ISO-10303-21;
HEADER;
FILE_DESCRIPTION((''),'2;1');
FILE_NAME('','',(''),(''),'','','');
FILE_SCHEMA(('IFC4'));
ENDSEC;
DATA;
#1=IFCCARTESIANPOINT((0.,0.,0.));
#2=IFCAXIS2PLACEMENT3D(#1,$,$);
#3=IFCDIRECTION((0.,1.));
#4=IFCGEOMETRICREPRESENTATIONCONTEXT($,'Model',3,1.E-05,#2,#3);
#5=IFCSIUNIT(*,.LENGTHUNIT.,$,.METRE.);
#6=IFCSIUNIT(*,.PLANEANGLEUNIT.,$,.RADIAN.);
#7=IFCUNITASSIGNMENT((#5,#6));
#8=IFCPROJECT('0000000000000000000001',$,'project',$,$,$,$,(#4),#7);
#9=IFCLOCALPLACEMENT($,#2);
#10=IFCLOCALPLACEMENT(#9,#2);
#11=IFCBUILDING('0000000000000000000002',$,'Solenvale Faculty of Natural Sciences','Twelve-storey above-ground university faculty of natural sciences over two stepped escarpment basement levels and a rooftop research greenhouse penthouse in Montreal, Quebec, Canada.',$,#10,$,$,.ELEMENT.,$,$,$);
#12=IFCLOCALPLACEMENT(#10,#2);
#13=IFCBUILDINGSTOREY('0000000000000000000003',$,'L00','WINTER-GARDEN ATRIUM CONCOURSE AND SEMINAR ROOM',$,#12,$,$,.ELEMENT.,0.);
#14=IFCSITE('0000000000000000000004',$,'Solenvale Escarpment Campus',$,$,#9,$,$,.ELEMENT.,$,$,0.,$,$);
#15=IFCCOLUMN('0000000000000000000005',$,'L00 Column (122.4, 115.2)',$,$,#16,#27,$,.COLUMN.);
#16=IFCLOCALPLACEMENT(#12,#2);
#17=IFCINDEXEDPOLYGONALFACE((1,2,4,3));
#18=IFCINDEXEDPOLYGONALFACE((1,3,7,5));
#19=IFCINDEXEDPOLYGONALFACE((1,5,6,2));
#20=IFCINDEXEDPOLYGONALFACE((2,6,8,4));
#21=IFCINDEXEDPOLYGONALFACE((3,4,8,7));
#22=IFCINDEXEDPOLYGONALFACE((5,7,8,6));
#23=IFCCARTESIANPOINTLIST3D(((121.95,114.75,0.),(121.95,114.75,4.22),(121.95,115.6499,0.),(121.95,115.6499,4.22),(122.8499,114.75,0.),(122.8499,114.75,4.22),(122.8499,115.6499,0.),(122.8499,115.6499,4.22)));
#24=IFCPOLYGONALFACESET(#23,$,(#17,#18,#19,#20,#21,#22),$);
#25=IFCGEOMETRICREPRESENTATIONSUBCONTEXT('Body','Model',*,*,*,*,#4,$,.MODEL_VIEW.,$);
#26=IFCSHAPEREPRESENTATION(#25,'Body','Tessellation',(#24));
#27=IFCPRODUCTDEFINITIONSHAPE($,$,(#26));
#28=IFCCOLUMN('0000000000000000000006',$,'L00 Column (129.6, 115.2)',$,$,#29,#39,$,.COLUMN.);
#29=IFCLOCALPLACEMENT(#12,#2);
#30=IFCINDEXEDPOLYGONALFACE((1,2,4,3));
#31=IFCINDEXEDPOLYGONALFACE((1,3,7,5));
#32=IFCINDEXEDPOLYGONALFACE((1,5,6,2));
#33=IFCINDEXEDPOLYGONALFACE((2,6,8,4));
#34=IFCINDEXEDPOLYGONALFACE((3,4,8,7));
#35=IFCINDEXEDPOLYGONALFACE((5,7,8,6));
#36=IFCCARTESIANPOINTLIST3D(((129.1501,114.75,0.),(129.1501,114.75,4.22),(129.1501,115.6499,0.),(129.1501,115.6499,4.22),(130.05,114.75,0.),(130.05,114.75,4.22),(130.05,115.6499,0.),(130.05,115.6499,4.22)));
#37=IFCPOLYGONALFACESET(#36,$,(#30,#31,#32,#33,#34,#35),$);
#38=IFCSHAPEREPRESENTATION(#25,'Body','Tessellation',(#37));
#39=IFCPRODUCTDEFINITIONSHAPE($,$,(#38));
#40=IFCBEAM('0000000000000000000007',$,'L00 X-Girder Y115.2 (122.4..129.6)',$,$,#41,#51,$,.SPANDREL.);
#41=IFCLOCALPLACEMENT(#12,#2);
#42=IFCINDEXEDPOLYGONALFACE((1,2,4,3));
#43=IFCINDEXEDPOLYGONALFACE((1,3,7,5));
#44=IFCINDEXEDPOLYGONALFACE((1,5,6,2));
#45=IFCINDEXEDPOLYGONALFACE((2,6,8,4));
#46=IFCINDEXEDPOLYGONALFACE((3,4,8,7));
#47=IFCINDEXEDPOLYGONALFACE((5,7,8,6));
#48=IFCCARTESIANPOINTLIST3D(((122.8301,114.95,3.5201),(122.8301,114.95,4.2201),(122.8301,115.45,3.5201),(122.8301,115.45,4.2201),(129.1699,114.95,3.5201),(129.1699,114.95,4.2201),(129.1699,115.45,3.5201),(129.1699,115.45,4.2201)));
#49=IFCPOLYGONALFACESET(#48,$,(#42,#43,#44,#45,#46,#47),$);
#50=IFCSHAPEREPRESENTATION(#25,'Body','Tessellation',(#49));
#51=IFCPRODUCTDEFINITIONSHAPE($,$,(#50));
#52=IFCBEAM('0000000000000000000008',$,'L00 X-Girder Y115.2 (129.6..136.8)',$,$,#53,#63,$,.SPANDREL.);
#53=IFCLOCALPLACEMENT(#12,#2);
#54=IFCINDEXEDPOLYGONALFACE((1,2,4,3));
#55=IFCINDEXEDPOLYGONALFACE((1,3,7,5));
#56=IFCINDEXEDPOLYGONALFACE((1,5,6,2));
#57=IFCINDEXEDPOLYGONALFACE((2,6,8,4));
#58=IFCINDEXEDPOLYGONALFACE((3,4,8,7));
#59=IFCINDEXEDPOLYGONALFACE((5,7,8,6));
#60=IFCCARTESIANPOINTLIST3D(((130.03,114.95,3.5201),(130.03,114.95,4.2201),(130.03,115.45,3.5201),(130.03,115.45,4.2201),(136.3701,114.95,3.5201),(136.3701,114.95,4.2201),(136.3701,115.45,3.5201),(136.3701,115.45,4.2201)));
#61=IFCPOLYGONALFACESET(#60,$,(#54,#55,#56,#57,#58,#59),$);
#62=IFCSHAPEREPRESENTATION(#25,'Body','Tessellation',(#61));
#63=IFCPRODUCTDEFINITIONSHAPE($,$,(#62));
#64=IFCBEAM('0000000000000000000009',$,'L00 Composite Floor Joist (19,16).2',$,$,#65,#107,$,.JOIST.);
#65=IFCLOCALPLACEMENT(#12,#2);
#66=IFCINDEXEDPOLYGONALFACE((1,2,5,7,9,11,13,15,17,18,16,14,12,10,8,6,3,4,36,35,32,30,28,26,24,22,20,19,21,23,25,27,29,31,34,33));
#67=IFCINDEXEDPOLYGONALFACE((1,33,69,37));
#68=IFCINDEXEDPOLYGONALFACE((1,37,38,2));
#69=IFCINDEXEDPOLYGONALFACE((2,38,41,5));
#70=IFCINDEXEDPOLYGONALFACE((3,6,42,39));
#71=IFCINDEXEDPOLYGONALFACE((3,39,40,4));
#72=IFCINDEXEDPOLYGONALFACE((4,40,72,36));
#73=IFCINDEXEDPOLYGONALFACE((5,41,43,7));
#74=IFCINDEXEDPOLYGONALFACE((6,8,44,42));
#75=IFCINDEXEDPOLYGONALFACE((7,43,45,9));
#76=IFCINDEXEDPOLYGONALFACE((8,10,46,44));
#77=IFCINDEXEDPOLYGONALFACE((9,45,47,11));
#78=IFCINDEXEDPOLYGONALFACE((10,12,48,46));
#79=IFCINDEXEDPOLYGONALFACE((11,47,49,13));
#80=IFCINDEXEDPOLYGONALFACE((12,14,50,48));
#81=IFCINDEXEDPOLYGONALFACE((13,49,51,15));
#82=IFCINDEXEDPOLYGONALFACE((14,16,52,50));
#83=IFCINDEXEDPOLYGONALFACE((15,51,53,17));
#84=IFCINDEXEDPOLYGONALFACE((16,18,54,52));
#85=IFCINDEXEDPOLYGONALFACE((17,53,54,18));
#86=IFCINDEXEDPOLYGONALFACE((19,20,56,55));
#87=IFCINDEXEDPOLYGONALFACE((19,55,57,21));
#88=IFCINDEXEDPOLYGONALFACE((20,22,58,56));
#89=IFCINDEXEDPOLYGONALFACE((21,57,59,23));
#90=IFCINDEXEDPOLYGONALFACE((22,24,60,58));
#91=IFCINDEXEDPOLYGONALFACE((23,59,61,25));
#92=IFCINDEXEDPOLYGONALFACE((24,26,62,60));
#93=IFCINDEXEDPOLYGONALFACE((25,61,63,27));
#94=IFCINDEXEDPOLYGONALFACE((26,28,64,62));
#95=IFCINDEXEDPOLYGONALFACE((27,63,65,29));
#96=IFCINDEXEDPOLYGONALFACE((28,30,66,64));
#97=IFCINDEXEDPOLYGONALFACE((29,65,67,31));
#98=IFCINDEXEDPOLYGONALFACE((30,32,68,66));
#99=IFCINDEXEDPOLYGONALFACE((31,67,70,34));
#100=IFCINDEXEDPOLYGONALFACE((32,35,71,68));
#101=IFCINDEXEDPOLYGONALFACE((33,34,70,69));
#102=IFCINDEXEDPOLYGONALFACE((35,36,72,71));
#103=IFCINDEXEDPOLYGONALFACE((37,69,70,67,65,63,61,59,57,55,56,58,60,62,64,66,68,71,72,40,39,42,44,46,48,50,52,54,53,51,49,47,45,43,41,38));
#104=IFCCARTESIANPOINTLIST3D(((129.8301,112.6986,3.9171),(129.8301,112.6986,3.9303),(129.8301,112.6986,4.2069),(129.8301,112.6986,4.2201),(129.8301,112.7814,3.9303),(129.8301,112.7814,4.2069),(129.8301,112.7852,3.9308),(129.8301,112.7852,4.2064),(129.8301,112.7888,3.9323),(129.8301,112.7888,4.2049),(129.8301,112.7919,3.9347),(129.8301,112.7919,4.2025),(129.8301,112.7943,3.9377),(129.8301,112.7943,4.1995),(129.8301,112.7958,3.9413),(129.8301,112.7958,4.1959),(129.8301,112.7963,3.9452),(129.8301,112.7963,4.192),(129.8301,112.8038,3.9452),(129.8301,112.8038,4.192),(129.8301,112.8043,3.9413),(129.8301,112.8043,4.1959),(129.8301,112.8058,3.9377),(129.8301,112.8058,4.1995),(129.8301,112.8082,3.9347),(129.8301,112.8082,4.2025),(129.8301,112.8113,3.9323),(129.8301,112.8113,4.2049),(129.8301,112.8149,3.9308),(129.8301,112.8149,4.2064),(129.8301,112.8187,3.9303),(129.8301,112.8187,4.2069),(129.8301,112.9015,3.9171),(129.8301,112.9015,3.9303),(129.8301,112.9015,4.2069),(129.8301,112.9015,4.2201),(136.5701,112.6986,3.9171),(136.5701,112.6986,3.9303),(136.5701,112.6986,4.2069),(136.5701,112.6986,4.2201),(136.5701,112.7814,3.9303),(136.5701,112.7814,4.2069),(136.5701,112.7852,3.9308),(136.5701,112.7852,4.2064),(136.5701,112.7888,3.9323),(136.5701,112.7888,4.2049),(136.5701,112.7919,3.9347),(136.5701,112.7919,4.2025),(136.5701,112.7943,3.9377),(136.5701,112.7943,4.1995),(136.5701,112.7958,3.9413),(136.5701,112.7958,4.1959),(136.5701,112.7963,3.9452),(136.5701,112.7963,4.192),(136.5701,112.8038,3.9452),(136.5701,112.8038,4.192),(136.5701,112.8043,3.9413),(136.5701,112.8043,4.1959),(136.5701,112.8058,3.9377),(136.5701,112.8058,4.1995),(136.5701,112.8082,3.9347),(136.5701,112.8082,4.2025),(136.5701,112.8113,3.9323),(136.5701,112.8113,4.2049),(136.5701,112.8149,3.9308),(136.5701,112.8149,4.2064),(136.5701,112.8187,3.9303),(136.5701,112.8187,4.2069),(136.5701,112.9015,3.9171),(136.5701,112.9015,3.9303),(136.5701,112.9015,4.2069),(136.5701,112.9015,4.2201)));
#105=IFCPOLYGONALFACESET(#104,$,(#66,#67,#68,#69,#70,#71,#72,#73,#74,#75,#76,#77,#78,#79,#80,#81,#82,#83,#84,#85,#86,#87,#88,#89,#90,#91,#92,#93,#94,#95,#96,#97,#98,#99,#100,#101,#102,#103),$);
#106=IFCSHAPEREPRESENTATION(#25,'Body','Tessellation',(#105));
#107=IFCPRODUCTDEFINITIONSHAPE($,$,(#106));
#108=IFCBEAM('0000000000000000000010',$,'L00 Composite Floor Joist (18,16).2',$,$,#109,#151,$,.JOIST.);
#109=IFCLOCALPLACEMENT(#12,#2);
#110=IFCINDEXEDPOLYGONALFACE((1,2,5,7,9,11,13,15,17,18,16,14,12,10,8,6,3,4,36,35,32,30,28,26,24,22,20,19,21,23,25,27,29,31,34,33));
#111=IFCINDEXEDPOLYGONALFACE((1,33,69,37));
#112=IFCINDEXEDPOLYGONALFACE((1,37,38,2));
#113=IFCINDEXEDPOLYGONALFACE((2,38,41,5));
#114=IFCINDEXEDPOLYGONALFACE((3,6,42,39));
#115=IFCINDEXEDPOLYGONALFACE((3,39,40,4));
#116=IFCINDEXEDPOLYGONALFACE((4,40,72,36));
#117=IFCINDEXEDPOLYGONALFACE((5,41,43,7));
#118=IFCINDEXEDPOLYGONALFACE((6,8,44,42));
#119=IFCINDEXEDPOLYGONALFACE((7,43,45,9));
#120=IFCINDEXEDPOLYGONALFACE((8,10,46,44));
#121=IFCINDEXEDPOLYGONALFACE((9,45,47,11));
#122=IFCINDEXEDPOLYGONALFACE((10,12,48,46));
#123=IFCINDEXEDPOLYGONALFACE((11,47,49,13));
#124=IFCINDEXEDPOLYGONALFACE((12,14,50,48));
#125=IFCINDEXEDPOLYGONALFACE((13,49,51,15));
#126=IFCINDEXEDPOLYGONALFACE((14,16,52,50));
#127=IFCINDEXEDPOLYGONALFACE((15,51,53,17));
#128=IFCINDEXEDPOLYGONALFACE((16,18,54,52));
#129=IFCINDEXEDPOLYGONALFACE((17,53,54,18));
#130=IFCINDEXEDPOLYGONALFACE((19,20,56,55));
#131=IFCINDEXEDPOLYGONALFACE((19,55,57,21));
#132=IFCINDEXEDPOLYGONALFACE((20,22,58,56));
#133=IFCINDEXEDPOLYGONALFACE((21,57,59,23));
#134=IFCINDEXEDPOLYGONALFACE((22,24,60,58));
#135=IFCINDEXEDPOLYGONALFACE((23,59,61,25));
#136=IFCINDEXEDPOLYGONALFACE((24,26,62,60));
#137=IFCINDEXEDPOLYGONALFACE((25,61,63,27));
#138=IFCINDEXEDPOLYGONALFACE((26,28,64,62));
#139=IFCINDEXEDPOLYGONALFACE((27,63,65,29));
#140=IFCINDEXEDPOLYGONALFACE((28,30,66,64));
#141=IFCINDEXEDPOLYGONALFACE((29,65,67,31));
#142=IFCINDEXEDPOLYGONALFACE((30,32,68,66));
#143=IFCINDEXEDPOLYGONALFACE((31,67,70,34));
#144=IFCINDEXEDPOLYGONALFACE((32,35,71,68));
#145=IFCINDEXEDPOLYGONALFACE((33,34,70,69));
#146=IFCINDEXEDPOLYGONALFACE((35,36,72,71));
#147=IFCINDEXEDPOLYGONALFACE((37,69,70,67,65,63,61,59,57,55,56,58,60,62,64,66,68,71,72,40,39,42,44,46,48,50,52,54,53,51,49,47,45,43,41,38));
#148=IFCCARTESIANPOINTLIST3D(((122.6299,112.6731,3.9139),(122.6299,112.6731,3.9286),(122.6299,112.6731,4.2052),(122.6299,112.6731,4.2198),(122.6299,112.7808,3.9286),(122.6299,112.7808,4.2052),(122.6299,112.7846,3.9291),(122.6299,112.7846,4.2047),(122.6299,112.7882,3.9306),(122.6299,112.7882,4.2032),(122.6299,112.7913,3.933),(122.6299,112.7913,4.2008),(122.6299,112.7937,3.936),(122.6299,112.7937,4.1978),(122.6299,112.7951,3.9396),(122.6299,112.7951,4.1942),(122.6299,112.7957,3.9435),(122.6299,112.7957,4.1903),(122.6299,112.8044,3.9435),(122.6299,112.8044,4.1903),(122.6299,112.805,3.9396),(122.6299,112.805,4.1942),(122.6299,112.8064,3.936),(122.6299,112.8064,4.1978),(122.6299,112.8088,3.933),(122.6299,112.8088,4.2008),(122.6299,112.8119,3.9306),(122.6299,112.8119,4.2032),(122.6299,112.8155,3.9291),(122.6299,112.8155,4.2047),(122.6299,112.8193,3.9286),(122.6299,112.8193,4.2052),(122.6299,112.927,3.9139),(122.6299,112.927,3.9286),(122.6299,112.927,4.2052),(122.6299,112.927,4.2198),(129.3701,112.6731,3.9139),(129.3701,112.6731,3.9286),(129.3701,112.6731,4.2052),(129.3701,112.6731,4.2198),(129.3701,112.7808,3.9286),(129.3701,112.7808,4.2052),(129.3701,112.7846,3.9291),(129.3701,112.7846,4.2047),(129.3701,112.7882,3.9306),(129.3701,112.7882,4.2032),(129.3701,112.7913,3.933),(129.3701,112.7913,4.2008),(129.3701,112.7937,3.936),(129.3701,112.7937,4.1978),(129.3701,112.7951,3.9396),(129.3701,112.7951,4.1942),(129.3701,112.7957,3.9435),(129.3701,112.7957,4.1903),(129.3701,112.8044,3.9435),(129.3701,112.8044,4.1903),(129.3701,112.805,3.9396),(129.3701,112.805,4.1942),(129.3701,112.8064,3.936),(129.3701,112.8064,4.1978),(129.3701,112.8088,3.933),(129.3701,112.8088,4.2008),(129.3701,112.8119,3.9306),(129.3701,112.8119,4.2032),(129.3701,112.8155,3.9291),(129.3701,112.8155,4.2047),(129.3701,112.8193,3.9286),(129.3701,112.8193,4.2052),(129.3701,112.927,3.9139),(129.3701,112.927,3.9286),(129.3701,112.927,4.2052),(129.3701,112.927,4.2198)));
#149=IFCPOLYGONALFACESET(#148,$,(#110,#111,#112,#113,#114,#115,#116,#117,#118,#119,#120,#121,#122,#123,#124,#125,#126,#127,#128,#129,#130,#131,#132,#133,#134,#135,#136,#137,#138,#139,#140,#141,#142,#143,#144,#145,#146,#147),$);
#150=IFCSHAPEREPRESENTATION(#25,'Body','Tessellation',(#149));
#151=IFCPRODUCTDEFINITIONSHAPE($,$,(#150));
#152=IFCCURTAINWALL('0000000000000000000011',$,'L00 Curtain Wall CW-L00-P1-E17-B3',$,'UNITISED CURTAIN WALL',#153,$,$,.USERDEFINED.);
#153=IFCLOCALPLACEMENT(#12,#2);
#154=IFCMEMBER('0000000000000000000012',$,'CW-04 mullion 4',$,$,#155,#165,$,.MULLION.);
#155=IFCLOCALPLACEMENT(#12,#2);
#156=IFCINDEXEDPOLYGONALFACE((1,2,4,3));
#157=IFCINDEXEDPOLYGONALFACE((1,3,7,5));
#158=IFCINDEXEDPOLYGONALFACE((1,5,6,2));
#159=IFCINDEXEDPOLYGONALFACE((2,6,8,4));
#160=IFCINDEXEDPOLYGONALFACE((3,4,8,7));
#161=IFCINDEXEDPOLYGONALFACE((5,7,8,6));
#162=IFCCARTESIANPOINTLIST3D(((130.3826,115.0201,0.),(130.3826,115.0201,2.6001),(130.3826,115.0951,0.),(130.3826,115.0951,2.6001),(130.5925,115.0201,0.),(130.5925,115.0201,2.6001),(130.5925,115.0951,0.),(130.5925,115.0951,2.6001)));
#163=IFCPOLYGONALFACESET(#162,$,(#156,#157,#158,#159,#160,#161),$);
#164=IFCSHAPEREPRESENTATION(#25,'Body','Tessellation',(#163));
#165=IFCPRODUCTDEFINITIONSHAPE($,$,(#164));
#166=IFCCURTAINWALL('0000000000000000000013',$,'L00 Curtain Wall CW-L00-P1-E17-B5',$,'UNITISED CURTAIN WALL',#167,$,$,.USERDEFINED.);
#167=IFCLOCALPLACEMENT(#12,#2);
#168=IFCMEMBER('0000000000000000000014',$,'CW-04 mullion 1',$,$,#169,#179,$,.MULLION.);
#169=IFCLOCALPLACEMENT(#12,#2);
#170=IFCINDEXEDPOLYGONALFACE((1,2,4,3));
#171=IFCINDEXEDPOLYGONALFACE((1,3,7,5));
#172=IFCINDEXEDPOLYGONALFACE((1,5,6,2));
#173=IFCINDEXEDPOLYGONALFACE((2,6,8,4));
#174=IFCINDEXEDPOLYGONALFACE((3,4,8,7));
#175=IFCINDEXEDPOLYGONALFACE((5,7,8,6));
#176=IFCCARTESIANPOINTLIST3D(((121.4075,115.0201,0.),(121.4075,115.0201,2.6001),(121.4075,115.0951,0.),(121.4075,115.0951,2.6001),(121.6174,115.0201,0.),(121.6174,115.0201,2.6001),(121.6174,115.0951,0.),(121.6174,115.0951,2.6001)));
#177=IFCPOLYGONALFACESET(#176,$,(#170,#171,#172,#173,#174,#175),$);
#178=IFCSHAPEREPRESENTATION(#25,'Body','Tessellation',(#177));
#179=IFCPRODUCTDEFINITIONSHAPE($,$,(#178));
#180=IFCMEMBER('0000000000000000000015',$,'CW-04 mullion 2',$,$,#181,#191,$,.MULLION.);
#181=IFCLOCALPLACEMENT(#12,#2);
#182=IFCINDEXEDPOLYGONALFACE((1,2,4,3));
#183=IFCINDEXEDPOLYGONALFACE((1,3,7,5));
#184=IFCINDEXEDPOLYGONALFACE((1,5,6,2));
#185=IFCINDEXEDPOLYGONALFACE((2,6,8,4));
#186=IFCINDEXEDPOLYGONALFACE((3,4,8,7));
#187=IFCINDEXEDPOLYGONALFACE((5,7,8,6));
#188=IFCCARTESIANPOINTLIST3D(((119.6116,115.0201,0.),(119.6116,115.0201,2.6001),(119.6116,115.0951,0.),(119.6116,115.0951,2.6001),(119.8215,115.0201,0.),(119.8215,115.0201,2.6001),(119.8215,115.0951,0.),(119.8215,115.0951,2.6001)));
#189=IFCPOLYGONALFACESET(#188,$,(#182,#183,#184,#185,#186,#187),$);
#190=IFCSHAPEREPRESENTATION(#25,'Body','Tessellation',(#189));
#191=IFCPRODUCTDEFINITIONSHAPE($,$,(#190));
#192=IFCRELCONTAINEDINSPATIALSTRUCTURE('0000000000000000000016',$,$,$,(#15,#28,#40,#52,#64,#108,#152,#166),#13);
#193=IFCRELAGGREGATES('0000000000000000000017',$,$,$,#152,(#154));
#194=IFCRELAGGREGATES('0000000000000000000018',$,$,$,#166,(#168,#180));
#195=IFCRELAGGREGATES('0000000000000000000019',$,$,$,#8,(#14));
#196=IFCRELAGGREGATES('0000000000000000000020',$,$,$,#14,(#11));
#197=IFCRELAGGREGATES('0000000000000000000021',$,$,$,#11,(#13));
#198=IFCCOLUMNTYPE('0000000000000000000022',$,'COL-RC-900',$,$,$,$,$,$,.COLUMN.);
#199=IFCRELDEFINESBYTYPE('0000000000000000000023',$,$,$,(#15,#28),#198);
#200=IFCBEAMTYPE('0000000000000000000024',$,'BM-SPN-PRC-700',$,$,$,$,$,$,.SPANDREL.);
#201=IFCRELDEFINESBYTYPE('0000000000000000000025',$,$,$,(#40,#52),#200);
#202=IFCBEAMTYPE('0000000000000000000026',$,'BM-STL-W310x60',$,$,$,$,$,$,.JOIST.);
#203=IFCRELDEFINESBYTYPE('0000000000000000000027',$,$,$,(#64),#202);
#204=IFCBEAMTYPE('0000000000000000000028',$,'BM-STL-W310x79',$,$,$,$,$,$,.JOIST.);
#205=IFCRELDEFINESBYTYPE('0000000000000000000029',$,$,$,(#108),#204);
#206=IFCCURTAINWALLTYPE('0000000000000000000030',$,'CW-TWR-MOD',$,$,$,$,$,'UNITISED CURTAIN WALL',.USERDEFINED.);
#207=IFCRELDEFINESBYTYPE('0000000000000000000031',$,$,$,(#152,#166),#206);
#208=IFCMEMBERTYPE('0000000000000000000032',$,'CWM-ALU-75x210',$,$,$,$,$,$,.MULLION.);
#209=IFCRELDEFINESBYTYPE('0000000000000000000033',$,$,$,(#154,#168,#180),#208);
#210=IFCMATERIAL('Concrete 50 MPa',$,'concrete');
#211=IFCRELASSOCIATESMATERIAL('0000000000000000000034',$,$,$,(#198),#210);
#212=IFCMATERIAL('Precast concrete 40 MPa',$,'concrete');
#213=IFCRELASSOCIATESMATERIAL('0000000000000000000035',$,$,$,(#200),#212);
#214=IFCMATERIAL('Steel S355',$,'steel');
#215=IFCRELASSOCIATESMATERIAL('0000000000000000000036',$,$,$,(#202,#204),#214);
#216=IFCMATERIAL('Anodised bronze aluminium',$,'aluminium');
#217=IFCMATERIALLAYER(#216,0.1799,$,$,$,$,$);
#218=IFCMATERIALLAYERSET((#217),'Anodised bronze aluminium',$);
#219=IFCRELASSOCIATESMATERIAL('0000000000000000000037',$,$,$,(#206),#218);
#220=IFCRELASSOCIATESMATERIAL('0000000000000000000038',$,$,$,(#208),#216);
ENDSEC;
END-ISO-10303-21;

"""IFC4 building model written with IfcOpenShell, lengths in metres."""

from ifc_helpers import new_model, si_unit, direction, frame, origin, origin_2d, place, context, subcontext, project, spatial, rectangle, i_section, extrude, material, layer, layer_set, material_profile, profile_set, type_object, element, aggregate, save


model = new_model("IFC4")

# Units and contexts
model_context = context("Model", 3, precision=1e-05, world=origin(), true_north=direction((0.0, 1.0)))
body_context = subcontext(model_context, "Body", "Model", "MODEL_VIEW")
ifc_project = project(units=[si_unit("LENGTHUNIT", "METRE"), si_unit("PLANEANGLEUNIT", "RADIAN")], contexts=[model_context])

# Site, building, storey
site_placement = place(None, origin())
site = spatial("IfcSite", under=ifc_project, at=site_placement, Name="Solenvale Escarpment Campus", CompositionType="ELEMENT", RefElevation=0.0)
building_placement = place(site_placement, origin())
building = spatial("IfcBuilding", under=site, at=building_placement, Name="Solenvale Faculty of Natural Sciences", Description="Twelve-storey above-ground university faculty of natural sciences over two stepped escarpment basement levels and a rooftop research greenhouse penthouse in Montreal, Quebec, Canada.", CompositionType="ELEMENT")
storey_placement = place(building_placement, origin())
storey = spatial("IfcBuildingStorey", under=building, at=storey_placement, Name="L00", Description="WINTER-GARDEN ATRIUM CONCOURSE AND SEMINAR ROOM", CompositionType="ELEMENT", Elevation=0.0)

# Columns
ifc_material_1 = material(Name="Concrete 50 MPa", Category="concrete")
ifc_material_profile_1 = material_profile(ifc_material_1, rectangle(XDim=0.8999, YDim=0.8999, at=origin_2d()), Name="RC-COL-900x900")
ifc_profile_set_1 = profile_set([ifc_material_profile_1], Name="Concrete 50 MPa")
column_type = type_object("IfcColumnType", Name="COL-RC-900", PredefinedType="COLUMN", material=ifc_profile_set_1)
for number, where, z_axis, x_axis, name in (
    (1, (122.3999, 115.2, 0.0), (0.0, 0.0, 1.0), (1.0, 0.0, 0.0), "L00 Column (122.4, 115.2)"),
    (2, (129.6001, 115.2, 0.0), (0.0, 0.0, 1.0), (1.0, 0.0, 0.0), "L00 Column (129.6, 115.2)"),
):
    element("IfcColumn", number, at=place(storey_placement, frame(where, z_axis=z_axis, x_axis=x_axis)), inside=storey, type_object=column_type, Name=name, PredefinedType="COLUMN", context=body_context, shape_type="SweptSolid", body=[
        extrude(rectangle(XDim=0.8999, YDim=0.8999, at=origin_2d()), origin(), (0.0, 0.0, 1.0), 4.22),
    ])

# Beams
ifc_material_2 = material(Name="Precast concrete 40 MPa", Category="concrete")
ifc_material_profile_2 = material_profile(ifc_material_2, rectangle(XDim=0.5, YDim=0.7, at=origin_2d()), Name="RC-BM-500x700")
ifc_profile_set_2 = profile_set([ifc_material_profile_2], Name="Precast concrete 40 MPa")
beam_type_1 = type_object("IfcBeamType", Name="BM-SPN-PRC-700", PredefinedType="SPANDREL", material=ifc_profile_set_2)
beam_1_placement = place(storey_placement, frame((122.8301, 115.2, 3.8701), z_axis=(1.0, 0.0, 0.0), x_axis=(0.0, 1.0, 0.0)))
element("IfcBeam", 3, at=beam_1_placement, inside=storey, type_object=beam_type_1, Name="L00 X-Girder Y115.2 (122.4..129.6)", PredefinedType="SPANDREL", context=body_context, shape_type="SweptSolid", body=[
    extrude(rectangle(XDim=0.5, YDim=0.7, at=origin_2d()), origin(), (0.0, 0.0, 1.0), 6.3398),
])
beam_2_placement = place(storey_placement, frame((130.03, 115.2, 3.8701), z_axis=(1.0, 0.0, 0.0), x_axis=(0.0, 1.0, 0.0)))
element("IfcBeam", 4, at=beam_2_placement, inside=storey, type_object=beam_type_1, Name="L00 X-Girder Y115.2 (129.6..136.8)", PredefinedType="SPANDREL", context=body_context, shape_type="SweptSolid", body=[
    extrude(rectangle(XDim=0.5, YDim=0.7, at=origin_2d()), origin(), (0.0, 0.0, 1.0), 6.3401),
])
ifc_material_3 = material(Name="Steel S355", Category="steel")
ifc_material_profile_3 = material_profile(ifc_material_3, i_section(OverallWidth=0.2029, OverallDepth=0.303, WebThickness=0.0076, FlangeThickness=0.0132, FilletRadius=0.0149, at=origin_2d()), Name="W310x60")
ifc_profile_set_3 = profile_set([ifc_material_profile_3], Name="Steel S355")
beam_type_2 = type_object("IfcBeamType", Name="BM-STL-W310x60", PredefinedType="JOIST", material=ifc_profile_set_3)
beam_3_placement = place(storey_placement, frame((129.8301, 112.8, 4.0686), z_axis=(1.0, 0.0, 0.0), x_axis=(0.0, 1.0, 0.0)))
element("IfcBeam", 5, at=beam_3_placement, inside=storey, type_object=beam_type_2, Name="L00 Composite Floor Joist (19,16).2", PredefinedType="JOIST", context=body_context, shape_type="SweptSolid", body=[
    extrude(i_section(OverallWidth=0.2029, OverallDepth=0.303, WebThickness=0.0076, FlangeThickness=0.0132, FilletRadius=0.0149, at=origin_2d()), origin(), (0.0, 0.0, 1.0), 6.74),
])
ifc_material_profile_4 = material_profile(ifc_material_3, i_section(OverallWidth=0.2539, OverallDepth=0.3059, WebThickness=0.0088, FlangeThickness=0.0146, FilletRadius=0.0149, at=origin_2d()), Name="W310x79")
ifc_profile_set_4 = profile_set([ifc_material_profile_4], Name="Steel S355")
beam_type_3 = type_object("IfcBeamType", Name="BM-STL-W310x79", PredefinedType="JOIST", material=ifc_profile_set_4)
beam_4_placement = place(storey_placement, frame((122.6299, 112.8, 4.0669), z_axis=(1.0, 0.0, 0.0), x_axis=(0.0, 1.0, 0.0)))
element("IfcBeam", 6, at=beam_4_placement, inside=storey, type_object=beam_type_3, Name="L00 Composite Floor Joist (18,16).2", PredefinedType="JOIST", context=body_context, shape_type="SweptSolid", body=[
    extrude(i_section(OverallWidth=0.2539, OverallDepth=0.3059, WebThickness=0.0088, FlangeThickness=0.0146, FilletRadius=0.0149, at=origin_2d()), origin(), (0.0, 0.0, 1.0), 6.7402),
])

# Curtain wall, member
ifc_material_4 = material(Name="Anodised bronze aluminium", Category="aluminium")
ifc_layer_1 = layer(ifc_material_4, 0.1799)
ifc_layer_set_1 = layer_set([ifc_layer_1], Name="Anodised bronze aluminium")
curtain_wall_type = type_object("IfcCurtainWallType", Name="CW-TWR-MOD", ElementType="UNITISED CURTAIN WALL", PredefinedType="USERDEFINED", material=ifc_layer_set_1)
curtain_wall_1_placement = place(storey_placement, origin())
curtain_wall_1 = element("IfcCurtainWall", 7, at=curtain_wall_1_placement, inside=storey, type_object=curtain_wall_type, Name="L00 Curtain Wall CW-L00-P1-E17-B3", ObjectType="UNITISED CURTAIN WALL", PredefinedType="USERDEFINED")
ifc_material_profile_5 = material_profile(ifc_material_4, rectangle(XDim=0.075, YDim=0.21, at=origin_2d()), Name="ALU-MUL-75x210")
ifc_profile_set_5 = profile_set([ifc_material_profile_5], Name="Anodised bronze aluminium")
member_type_1 = type_object("IfcMemberType", Name="CWM-ALU-75x210", PredefinedType="MULLION", material=ifc_profile_set_5)
member_1_placement = place(storey_placement, frame((130.4875, 115.0576, 0.0), z_axis=(0.0, 0.0, 1.0), x_axis=(0.0, -1.0, 0.0)))
member_1 = element("IfcMember", 8, at=member_1_placement, type_object=member_type_1, Name="CW-04 mullion 4", PredefinedType="MULLION", context=body_context, shape_type="SweptSolid", body=[
    extrude(rectangle(XDim=0.075, YDim=0.21, at=origin_2d()), origin(), (0.0, 0.0, 1.0), 2.6001),
])
aggregate(curtain_wall_1, [member_1])

# Curtain wall, members
curtain_wall_2_placement = place(storey_placement, origin())
curtain_wall_2 = element("IfcCurtainWall", 9, at=curtain_wall_2_placement, inside=storey, type_object=curtain_wall_type, Name="L00 Curtain Wall CW-L00-P1-E17-B5", ObjectType="UNITISED CURTAIN WALL", PredefinedType="USERDEFINED")
member_2_placement = place(storey_placement, frame((121.5125, 115.0576, 0.0), z_axis=(0.0, 0.0, 1.0), x_axis=(0.0, -1.0, 0.0)))
member_2 = element("IfcMember", 10, at=member_2_placement, type_object=member_type_1, Name="CW-04 mullion 1", PredefinedType="MULLION", context=body_context, shape_type="SweptSolid", body=[
    extrude(rectangle(XDim=0.075, YDim=0.21, at=origin_2d()), origin(), (0.0, 0.0, 1.0), 2.6001),
])
member_3_placement = place(storey_placement, frame((119.7166, 115.0576, 0.0), z_axis=(0.0, 0.0, 1.0), x_axis=(0.0, -1.0, 0.0)))
member_3 = element("IfcMember", 11, at=member_3_placement, type_object=member_type_1, Name="CW-04 mullion 2", PredefinedType="MULLION", context=body_context, shape_type="SweptSolid", body=[
    extrude(rectangle(XDim=0.075, YDim=0.21, at=origin_2d()), origin(), (0.0, 0.0, 1.0), 2.6001),
])
aggregate(curtain_wall_2, [member_2, member_3])

save(model, "model.ifc")
